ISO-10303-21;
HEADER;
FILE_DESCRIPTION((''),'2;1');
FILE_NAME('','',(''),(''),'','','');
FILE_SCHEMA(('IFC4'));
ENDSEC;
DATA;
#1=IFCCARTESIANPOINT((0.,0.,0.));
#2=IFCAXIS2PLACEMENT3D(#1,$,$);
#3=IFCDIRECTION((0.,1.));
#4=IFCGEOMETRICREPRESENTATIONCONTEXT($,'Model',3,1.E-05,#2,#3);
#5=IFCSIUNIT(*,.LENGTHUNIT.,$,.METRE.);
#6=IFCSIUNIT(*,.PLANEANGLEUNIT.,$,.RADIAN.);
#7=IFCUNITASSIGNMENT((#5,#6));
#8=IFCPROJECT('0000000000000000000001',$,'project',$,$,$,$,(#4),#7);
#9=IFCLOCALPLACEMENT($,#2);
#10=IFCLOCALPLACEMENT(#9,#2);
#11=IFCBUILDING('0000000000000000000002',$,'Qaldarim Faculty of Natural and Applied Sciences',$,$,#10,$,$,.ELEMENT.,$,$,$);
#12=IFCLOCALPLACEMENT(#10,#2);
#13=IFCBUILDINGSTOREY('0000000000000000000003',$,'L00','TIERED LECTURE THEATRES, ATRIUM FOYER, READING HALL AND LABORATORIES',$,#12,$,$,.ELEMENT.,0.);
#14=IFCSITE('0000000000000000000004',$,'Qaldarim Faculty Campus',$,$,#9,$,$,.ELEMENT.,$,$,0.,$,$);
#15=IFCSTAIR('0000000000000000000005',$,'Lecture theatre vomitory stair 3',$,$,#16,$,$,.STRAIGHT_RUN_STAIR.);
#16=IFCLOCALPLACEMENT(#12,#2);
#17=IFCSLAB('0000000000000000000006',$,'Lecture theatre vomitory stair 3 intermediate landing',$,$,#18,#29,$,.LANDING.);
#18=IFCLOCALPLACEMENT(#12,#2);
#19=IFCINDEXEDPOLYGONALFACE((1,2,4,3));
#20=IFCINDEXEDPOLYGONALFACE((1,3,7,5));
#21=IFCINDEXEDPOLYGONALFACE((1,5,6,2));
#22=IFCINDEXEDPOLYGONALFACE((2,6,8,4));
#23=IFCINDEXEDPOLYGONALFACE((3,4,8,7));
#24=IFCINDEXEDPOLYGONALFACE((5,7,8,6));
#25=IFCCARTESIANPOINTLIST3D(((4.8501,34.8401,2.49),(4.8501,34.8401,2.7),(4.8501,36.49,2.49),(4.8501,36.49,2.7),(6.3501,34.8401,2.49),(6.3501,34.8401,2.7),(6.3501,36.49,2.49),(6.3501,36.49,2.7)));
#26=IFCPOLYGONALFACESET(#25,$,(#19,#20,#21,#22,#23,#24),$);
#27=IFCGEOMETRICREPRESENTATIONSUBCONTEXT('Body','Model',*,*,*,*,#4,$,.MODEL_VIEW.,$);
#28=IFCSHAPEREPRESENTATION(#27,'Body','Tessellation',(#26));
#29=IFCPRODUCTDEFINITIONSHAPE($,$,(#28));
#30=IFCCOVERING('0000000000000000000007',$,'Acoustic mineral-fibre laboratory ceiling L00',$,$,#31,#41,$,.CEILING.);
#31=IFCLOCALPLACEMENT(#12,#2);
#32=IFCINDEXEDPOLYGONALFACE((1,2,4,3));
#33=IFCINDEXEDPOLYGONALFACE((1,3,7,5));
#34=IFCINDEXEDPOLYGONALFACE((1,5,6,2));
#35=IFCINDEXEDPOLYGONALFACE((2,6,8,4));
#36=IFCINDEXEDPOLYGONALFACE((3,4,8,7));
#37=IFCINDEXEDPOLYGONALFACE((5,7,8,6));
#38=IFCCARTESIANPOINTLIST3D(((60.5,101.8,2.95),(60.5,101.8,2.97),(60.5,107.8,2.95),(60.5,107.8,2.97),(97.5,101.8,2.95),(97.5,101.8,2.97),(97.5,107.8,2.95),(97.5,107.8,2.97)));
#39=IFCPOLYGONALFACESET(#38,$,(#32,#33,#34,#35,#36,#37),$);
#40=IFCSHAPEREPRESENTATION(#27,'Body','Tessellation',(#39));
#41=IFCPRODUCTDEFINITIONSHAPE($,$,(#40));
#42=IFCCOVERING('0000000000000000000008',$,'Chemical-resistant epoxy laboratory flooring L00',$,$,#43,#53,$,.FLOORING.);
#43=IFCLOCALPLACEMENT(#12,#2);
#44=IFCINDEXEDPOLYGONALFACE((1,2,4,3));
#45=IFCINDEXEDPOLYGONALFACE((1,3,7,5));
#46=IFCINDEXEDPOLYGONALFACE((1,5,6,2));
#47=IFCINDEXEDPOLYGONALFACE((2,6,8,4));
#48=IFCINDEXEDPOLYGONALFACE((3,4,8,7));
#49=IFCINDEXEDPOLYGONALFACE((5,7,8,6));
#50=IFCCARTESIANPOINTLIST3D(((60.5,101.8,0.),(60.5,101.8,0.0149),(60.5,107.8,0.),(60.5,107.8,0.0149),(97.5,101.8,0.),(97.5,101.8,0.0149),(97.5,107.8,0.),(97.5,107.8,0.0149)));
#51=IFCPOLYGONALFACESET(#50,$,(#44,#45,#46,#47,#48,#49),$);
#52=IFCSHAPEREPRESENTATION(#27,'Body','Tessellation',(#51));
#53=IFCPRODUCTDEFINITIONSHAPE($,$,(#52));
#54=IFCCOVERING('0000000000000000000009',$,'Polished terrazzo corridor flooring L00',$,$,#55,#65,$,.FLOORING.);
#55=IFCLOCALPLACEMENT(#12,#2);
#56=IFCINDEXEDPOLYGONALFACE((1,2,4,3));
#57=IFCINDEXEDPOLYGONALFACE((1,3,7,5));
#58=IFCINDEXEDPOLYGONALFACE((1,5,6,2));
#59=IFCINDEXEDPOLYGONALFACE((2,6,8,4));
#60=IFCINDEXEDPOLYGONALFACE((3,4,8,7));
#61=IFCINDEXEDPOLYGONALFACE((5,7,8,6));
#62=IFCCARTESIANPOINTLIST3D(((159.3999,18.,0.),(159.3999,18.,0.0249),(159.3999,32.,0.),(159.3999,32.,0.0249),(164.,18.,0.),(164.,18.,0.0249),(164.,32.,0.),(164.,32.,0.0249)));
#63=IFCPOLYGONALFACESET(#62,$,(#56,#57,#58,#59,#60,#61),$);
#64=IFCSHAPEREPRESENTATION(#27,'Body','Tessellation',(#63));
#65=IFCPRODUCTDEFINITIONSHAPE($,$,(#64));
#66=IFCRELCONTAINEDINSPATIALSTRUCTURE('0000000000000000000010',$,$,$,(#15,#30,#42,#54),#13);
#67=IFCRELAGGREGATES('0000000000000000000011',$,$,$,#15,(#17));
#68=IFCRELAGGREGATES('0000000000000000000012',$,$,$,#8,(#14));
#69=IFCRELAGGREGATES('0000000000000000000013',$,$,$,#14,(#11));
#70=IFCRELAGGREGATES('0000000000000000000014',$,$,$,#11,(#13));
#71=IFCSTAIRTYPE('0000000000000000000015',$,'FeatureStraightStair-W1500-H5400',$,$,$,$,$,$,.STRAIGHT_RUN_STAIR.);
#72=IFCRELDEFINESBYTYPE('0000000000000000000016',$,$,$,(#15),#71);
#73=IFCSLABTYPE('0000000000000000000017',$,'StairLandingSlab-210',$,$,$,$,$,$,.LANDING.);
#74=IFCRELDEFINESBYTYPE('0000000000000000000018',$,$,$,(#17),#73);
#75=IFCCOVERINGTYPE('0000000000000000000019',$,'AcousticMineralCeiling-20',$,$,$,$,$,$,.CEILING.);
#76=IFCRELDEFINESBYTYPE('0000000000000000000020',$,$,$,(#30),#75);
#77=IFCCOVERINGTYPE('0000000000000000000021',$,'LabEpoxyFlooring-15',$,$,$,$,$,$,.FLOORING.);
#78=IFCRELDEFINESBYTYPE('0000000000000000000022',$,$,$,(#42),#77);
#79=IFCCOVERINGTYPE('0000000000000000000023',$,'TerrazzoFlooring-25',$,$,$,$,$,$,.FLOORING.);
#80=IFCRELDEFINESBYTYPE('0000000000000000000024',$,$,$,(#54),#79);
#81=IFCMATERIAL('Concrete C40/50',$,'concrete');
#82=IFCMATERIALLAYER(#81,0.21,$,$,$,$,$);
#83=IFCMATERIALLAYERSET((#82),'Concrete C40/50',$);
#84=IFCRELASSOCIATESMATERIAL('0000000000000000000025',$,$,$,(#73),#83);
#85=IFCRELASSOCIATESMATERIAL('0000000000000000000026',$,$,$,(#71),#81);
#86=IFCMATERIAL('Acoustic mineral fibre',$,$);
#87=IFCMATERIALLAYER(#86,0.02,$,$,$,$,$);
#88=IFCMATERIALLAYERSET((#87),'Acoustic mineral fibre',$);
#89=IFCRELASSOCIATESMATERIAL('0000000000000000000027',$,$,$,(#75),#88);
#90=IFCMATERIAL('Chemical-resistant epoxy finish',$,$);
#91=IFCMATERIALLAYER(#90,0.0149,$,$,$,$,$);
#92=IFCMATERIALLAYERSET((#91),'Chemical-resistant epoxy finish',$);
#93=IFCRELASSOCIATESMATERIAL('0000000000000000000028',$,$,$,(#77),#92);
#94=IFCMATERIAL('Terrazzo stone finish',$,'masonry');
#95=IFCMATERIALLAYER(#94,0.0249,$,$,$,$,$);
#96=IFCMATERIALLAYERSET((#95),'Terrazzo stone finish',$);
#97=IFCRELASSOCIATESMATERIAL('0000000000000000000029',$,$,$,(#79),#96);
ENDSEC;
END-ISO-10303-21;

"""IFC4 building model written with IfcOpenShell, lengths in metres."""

from ifc_helpers import new_model, si_unit, direction, frame, origin, place, context, subcontext, project, spatial, polyline, outline, extrude, material, layer, layer_set, type_object, element, aggregate, save


model = new_model("IFC4")

# Units and contexts
model_context = context("Model", 3, precision=1e-05, world=origin(), true_north=direction((0.0, 1.0)))
body_context = subcontext(model_context, "Body", "Model", "MODEL_VIEW")
ifc_project = project(units=[si_unit("LENGTHUNIT", "METRE"), si_unit("PLANEANGLEUNIT", "RADIAN")], contexts=[model_context])

# Site, building, storey
site_placement = place(None, origin())
site = spatial("IfcSite", under=ifc_project, at=site_placement, Name="Qaldarim Faculty Campus", CompositionType="ELEMENT", RefElevation=0.0)
building_placement = place(site_placement, origin())
building = spatial("IfcBuilding", under=site, at=building_placement, Name="Qaldarim Faculty of Natural and Applied Sciences", CompositionType="ELEMENT")
storey_placement = place(building_placement, origin())
storey = spatial("IfcBuildingStorey", under=building, at=storey_placement, Name="L00", Description="TIERED LECTURE THEATRES, ATRIUM FOYER, READING HALL AND LABORATORIES", CompositionType="ELEMENT", Elevation=0.0)

# Shared definitions
ifc_material_1 = material(Name="Concrete C40/50", Category="concrete")

# Stair, slab
ifc_layer_1 = layer(ifc_material_1, 0.21)
ifc_layer_set_1 = layer_set([ifc_layer_1], Name="Concrete C40/50")
slab_type_1 = type_object("IfcSlabType", Name="StairLandingSlab-210", PredefinedType="LANDING", material=ifc_layer_set_1)
stair_type_1 = type_object("IfcStairType", Name="FeatureStraightStair-W1500-H5400", PredefinedType="STRAIGHT_RUN_STAIR", material=ifc_material_1)
stair_1_placement = place(storey_placement, origin())
stair_1 = element("IfcStair", 1, at=stair_1_placement, inside=storey, type_object=stair_type_1, Name="Lecture theatre vomitory stair 3", PredefinedType="STRAIGHT_RUN_STAIR")
slab_1_placement = place(storey_placement, frame((0.0, 0.0, 2.49)))
slab_1 = element("IfcSlab", 2, at=slab_1_placement, type_object=slab_type_1, Name="Lecture theatre vomitory stair 3 intermediate landing", PredefinedType="LANDING", context=body_context, shape_type="SweptSolid", body=[
    extrude(outline(polyline([(4.8501, 34.8401), (6.3501, 34.8401), (6.3501, 36.49), (4.8501, 36.49), (4.8501, 34.8401)])), origin(), (0.0, 0.0, 1.0), 0.21),
])
aggregate(stair_1, [slab_1])

# Coverings
ifc_material_2 = material(Name="Acoustic mineral fibre")
ifc_layer_2 = layer(ifc_material_2, 0.02)
ifc_layer_set_2 = layer_set([ifc_layer_2], Name="Acoustic mineral fibre")
covering_type_1 = type_object("IfcCoveringType", Name="AcousticMineralCeiling-20", PredefinedType="CEILING", material=ifc_layer_set_2)
covering_1_placement = place(storey_placement, frame((0.0, 0.0, 2.95)))
element("IfcCovering", 3, at=covering_1_placement, inside=storey, type_object=covering_type_1, Name="Acoustic mineral-fibre laboratory ceiling L00", PredefinedType="CEILING", context=body_context, shape_type="SweptSolid", body=[
    extrude(outline(polyline([(60.5, 101.8), (97.5, 101.8), (97.5, 107.8), (60.5, 107.8), (60.5, 101.8)])), origin(), (0.0, 0.0, 1.0), 0.02),
])
ifc_material_3 = material(Name="Chemical-resistant epoxy finish")
ifc_layer_3 = layer(ifc_material_3, 0.0149)
ifc_layer_set_3 = layer_set([ifc_layer_3], Name="Chemical-resistant epoxy finish")
covering_type_2 = type_object("IfcCoveringType", Name="LabEpoxyFlooring-15", PredefinedType="FLOORING", material=ifc_layer_set_3)
covering_2_placement = place(storey_placement, origin())
element("IfcCovering", 4, at=covering_2_placement, inside=storey, type_object=covering_type_2, Name="Chemical-resistant epoxy laboratory flooring L00", PredefinedType="FLOORING", context=body_context, shape_type="SweptSolid", body=[
    extrude(outline(polyline([(60.5, 101.8), (97.5, 101.8), (97.5, 107.8), (60.5, 107.8), (60.5, 101.8)])), origin(), (0.0, 0.0, 1.0), 0.0149),
])
ifc_material_4 = material(Name="Terrazzo stone finish", Category="masonry")
ifc_layer_4 = layer(ifc_material_4, 0.0249)
ifc_layer_set_4 = layer_set([ifc_layer_4], Name="Terrazzo stone finish")
covering_type_3 = type_object("IfcCoveringType", Name="TerrazzoFlooring-25", PredefinedType="FLOORING", material=ifc_layer_set_4)
covering_3_placement = place(storey_placement, origin())
element("IfcCovering", 5, at=covering_3_placement, inside=storey, type_object=covering_type_3, Name="Polished terrazzo corridor flooring L00", PredefinedType="FLOORING", context=body_context, shape_type="SweptSolid", body=[
    extrude(outline(polyline([(159.3999, 18.0), (164.0, 18.0), (164.0, 32.0), (159.3999, 32.0), (159.3999, 18.0)])), origin(), (0.0, 0.0, 1.0), 0.0249),
])

save(model, "model.ifc")
